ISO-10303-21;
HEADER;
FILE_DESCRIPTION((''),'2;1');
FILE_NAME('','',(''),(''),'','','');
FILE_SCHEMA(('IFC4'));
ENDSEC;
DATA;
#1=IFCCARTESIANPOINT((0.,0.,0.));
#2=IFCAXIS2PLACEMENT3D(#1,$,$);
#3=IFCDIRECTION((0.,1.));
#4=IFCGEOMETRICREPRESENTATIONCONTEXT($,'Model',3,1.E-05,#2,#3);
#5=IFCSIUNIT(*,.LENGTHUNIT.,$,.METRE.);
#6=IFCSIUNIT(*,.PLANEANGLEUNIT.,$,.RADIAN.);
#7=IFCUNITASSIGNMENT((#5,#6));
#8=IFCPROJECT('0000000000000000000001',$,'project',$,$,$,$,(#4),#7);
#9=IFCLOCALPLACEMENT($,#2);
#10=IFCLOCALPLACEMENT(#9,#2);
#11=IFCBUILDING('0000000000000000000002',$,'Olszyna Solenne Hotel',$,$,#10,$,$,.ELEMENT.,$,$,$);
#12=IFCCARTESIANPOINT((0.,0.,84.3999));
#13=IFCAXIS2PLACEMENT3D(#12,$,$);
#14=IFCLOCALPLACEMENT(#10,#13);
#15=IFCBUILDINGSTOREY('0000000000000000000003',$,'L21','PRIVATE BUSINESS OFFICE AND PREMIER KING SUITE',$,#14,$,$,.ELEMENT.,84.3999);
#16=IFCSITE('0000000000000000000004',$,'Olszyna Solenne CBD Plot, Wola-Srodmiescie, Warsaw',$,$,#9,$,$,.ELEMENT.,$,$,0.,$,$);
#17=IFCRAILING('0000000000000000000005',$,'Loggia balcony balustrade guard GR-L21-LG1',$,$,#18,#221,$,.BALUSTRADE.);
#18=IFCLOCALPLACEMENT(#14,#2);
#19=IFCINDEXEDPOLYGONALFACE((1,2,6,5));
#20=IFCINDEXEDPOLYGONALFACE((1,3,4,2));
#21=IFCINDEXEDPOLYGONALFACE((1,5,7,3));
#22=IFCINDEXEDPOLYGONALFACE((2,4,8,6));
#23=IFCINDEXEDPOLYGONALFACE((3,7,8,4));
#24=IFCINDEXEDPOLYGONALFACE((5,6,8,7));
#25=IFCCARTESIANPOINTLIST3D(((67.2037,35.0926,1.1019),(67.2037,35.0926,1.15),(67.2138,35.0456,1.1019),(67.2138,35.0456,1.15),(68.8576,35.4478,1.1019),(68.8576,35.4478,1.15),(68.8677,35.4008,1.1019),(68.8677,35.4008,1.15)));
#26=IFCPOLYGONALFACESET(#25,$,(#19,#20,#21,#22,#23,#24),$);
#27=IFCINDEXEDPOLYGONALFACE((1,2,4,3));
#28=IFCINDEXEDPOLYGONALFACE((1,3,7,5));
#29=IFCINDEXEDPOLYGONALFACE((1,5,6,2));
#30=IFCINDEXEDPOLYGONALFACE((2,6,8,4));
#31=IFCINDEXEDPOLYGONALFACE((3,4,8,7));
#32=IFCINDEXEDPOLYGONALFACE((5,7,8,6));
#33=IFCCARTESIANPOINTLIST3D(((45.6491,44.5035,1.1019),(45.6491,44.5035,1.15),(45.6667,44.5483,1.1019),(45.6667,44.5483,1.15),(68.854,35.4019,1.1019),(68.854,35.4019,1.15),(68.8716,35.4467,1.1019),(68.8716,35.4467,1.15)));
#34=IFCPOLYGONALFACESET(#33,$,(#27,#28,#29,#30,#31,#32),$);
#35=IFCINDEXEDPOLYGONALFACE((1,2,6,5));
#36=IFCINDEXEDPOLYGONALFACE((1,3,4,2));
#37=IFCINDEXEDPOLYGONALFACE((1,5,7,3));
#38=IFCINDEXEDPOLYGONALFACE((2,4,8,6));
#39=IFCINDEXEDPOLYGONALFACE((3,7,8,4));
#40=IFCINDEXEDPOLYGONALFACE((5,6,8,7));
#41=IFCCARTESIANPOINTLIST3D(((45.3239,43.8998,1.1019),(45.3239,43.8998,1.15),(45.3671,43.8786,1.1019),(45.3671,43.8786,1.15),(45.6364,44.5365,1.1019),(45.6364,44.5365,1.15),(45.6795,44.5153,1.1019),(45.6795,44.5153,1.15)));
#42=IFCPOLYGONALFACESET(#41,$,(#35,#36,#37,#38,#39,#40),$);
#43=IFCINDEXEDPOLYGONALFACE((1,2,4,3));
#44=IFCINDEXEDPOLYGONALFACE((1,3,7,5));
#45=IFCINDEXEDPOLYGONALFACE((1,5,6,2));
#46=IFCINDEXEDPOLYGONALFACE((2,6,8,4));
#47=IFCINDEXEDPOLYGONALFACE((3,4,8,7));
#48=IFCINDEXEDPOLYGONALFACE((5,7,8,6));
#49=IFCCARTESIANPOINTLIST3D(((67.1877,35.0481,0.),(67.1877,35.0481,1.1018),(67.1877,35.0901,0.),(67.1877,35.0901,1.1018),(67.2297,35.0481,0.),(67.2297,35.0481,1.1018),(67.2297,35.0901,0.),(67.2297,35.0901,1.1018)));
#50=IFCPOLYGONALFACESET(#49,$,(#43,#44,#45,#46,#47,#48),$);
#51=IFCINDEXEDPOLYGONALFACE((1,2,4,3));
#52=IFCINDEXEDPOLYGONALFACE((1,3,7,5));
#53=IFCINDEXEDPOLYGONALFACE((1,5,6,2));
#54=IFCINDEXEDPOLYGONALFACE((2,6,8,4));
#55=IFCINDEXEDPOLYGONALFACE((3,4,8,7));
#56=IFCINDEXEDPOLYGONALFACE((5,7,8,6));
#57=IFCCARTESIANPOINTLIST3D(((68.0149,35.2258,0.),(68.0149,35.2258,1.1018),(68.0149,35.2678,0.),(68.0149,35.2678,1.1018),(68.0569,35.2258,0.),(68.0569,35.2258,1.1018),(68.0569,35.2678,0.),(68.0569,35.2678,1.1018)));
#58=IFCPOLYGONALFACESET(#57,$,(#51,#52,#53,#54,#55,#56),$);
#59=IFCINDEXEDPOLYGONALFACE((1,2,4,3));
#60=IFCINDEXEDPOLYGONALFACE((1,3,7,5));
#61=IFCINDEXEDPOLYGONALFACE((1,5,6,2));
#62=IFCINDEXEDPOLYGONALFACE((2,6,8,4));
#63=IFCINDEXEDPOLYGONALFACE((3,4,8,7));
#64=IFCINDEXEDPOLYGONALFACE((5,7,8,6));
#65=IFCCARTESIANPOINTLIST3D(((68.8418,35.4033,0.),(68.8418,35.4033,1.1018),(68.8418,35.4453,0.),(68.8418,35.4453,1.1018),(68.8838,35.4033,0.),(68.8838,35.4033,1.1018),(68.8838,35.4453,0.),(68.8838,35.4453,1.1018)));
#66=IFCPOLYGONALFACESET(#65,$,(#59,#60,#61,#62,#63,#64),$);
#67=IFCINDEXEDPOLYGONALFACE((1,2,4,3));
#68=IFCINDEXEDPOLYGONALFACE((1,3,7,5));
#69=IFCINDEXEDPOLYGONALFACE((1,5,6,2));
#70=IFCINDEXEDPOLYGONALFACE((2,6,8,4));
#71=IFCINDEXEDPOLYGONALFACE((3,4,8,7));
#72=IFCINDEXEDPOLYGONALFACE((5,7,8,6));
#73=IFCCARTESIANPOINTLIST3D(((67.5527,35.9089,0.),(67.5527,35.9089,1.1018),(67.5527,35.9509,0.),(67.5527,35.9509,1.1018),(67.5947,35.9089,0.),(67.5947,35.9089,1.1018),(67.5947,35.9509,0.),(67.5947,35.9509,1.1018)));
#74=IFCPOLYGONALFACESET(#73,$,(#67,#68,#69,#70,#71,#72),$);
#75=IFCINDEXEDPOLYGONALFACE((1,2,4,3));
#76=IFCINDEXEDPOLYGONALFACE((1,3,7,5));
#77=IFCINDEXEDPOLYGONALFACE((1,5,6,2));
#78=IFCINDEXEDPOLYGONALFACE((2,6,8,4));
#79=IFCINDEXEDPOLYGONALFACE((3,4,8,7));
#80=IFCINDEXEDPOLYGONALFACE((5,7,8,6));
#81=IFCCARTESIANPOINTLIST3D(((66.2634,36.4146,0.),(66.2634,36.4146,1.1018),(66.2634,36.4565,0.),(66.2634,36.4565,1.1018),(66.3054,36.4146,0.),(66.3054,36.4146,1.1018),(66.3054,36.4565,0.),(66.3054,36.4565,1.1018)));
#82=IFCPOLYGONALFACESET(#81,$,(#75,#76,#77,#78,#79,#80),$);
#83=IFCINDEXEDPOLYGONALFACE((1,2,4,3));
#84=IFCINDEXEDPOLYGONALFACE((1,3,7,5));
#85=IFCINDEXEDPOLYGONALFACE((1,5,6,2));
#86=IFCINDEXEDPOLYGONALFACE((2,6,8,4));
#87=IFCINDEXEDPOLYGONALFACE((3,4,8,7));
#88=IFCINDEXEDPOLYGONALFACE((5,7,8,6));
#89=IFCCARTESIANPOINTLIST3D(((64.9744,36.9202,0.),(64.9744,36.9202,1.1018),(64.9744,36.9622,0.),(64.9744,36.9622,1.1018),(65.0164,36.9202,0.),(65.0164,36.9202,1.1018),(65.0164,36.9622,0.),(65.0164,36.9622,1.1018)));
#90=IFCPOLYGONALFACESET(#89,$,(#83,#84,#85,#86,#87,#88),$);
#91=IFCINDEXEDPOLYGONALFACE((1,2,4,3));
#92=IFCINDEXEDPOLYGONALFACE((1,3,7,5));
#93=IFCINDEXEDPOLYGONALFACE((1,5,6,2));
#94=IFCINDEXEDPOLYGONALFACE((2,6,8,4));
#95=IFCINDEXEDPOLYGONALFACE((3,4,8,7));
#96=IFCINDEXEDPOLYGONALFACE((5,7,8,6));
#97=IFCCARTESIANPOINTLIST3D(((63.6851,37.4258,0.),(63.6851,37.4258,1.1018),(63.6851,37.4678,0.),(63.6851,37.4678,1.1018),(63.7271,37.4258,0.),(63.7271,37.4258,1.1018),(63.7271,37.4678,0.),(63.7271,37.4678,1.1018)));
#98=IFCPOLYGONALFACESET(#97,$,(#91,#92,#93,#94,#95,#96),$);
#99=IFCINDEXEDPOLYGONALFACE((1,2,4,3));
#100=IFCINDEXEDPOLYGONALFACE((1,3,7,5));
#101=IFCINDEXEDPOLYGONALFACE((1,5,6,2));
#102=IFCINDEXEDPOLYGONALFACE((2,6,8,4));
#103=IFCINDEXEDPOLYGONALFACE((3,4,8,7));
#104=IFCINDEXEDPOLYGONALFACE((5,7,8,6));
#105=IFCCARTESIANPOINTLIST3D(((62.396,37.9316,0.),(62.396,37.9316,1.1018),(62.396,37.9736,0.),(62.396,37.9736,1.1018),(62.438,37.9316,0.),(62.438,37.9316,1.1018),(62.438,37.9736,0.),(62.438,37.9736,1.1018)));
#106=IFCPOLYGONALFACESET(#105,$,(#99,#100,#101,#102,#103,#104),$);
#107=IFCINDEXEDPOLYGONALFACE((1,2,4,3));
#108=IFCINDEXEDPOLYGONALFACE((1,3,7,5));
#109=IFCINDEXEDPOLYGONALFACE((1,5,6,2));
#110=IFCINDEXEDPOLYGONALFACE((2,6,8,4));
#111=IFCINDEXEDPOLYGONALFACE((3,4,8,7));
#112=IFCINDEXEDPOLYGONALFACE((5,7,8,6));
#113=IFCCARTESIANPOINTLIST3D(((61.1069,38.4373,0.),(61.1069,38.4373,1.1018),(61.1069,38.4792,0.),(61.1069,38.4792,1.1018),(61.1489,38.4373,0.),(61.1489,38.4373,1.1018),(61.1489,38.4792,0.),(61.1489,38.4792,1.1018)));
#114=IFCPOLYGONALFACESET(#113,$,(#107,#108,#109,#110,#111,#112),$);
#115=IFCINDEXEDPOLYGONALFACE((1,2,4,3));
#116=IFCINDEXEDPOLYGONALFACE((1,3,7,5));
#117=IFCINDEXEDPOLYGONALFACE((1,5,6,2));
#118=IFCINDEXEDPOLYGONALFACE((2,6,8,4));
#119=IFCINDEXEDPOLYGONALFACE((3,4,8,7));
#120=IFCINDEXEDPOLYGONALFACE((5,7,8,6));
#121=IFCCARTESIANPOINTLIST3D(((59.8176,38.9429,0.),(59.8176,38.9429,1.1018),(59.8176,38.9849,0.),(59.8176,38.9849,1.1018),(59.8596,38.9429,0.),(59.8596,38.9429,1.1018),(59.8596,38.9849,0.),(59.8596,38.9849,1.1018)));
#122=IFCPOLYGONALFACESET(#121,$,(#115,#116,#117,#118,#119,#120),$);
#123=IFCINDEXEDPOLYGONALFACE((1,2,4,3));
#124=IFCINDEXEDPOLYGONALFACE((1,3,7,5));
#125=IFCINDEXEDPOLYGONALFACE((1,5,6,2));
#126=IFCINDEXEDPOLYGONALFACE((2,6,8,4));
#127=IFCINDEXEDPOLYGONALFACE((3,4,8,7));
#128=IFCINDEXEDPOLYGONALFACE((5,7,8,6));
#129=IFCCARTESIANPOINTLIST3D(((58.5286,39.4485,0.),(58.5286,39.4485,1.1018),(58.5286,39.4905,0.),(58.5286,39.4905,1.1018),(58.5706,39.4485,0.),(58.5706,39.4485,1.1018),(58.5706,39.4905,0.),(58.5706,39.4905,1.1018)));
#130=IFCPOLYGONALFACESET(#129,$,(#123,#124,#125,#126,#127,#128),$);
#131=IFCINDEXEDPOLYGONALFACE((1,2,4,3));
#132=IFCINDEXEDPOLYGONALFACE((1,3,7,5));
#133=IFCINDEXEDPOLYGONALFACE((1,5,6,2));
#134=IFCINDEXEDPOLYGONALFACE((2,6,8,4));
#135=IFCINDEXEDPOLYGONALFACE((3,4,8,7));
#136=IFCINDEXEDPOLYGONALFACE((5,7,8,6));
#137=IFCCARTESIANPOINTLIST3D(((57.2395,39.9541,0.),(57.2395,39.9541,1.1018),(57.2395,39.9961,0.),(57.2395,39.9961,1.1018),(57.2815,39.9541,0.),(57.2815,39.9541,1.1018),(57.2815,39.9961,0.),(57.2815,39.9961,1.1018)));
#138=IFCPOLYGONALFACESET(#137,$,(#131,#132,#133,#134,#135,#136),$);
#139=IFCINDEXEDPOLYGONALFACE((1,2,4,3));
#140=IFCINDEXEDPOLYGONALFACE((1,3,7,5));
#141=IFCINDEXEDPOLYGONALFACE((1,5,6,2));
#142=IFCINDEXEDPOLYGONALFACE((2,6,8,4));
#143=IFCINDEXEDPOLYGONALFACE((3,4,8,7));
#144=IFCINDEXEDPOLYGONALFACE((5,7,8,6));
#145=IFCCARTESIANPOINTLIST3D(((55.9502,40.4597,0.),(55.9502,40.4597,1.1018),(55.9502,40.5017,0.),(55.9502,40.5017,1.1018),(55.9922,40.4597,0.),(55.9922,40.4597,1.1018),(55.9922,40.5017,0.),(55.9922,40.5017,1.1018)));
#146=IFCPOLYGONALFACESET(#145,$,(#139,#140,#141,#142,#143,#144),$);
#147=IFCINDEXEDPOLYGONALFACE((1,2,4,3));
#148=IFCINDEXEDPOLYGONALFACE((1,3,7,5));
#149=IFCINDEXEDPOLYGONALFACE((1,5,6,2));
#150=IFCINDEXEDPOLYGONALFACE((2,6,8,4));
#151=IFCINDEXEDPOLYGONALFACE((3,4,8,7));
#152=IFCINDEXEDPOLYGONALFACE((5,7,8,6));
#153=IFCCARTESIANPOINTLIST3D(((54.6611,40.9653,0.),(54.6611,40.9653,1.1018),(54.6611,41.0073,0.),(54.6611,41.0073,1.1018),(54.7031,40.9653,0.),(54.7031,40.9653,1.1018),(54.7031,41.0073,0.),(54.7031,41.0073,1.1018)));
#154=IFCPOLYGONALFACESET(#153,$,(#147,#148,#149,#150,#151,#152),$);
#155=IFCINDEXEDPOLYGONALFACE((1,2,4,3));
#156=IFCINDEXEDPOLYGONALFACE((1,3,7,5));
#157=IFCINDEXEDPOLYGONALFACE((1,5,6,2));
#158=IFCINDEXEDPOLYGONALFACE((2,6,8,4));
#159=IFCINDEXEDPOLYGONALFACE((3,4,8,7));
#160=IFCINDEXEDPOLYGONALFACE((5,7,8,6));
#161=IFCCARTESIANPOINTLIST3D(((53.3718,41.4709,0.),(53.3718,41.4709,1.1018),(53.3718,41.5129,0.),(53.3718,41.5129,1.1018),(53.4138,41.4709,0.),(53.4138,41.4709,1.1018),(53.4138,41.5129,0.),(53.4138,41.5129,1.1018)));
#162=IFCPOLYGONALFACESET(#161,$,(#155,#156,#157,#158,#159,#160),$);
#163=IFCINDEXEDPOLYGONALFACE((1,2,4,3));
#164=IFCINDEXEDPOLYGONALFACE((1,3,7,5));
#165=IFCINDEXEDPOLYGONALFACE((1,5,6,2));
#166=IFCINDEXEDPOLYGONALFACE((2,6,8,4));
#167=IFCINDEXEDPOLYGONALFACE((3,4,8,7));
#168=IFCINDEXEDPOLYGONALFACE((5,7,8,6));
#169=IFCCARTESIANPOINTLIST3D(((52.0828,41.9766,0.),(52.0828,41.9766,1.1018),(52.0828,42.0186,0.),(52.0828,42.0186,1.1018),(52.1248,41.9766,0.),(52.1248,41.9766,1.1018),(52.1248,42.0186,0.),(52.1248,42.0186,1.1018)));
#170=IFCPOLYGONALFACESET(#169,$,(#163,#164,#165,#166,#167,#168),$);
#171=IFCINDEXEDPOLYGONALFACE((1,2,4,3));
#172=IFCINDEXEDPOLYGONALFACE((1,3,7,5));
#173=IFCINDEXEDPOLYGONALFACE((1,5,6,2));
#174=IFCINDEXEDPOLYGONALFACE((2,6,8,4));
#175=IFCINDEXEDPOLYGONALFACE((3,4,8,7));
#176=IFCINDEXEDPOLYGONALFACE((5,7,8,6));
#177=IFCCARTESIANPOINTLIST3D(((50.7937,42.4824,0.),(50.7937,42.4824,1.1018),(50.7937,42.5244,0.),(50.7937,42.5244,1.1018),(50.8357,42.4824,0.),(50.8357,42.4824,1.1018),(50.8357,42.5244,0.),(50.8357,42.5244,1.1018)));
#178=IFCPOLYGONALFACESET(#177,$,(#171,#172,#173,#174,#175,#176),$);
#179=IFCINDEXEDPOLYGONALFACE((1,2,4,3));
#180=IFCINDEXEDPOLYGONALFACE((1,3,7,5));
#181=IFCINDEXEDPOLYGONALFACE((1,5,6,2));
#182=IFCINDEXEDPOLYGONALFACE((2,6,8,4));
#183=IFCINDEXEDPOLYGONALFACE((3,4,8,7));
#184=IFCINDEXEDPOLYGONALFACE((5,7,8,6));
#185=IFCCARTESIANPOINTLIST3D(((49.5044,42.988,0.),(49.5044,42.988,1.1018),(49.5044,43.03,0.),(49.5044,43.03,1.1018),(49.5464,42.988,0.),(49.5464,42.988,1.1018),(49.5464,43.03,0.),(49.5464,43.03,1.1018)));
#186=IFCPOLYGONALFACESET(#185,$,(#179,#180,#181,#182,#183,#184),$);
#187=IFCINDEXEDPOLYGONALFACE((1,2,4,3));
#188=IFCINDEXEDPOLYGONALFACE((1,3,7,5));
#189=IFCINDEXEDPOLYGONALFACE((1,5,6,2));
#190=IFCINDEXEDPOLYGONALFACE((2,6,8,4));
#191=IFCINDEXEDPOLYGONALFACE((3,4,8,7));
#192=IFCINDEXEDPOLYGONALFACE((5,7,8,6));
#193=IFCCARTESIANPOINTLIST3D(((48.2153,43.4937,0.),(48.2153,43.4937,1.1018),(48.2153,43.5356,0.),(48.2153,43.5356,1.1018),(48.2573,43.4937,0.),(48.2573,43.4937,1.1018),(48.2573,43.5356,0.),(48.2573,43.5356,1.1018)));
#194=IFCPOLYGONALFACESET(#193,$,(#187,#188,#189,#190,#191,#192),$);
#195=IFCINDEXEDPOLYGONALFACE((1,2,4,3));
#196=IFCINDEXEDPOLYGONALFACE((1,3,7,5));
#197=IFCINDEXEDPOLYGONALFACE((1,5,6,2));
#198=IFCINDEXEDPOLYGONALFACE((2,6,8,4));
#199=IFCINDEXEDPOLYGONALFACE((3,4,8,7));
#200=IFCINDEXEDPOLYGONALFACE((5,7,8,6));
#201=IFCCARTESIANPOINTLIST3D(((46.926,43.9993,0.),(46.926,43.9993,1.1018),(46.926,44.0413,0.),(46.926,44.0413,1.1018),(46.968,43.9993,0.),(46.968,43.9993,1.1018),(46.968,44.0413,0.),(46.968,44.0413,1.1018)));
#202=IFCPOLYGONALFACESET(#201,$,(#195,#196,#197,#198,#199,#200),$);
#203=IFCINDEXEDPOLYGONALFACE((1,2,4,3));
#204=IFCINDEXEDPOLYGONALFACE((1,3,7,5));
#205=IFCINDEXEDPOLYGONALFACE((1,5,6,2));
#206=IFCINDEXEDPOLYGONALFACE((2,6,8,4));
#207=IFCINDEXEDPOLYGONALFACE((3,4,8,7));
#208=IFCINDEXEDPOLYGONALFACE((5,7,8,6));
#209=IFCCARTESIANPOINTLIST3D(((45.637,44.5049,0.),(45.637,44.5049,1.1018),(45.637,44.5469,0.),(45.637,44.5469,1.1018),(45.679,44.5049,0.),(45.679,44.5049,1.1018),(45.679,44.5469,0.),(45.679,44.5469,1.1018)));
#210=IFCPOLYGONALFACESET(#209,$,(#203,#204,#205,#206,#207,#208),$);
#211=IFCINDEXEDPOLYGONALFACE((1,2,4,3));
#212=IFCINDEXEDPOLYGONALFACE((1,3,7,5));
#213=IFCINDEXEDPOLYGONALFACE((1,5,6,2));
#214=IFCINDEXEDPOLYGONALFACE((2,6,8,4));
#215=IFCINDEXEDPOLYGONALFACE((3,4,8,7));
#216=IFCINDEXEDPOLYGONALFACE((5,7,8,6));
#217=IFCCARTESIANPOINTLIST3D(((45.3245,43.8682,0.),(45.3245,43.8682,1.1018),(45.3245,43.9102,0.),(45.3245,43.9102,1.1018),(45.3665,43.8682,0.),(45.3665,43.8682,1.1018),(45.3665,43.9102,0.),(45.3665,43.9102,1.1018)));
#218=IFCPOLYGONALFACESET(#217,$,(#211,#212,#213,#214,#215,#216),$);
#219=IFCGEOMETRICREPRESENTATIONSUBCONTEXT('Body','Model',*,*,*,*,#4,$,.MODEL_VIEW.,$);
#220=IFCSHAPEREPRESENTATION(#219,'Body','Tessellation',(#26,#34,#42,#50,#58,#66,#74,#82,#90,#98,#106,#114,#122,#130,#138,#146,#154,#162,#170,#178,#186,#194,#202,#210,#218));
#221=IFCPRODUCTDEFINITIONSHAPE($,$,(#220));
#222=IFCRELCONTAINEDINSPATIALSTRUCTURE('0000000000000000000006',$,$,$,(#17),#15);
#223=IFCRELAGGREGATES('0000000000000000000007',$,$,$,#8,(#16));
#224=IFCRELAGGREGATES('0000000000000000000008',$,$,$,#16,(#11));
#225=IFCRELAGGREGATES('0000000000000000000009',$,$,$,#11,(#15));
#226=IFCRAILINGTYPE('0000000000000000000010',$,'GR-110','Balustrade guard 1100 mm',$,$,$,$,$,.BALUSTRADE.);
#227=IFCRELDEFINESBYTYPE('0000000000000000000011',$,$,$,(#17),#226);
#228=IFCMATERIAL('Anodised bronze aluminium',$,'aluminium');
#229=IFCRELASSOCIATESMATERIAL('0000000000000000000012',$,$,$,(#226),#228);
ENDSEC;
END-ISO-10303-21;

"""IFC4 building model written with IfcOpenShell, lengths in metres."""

from ifc_helpers import new_model, si_unit, direction, frame, origin, origin_2d, place, context, subcontext, project, spatial, rectangle, extrude, material, type_object, element, save


model = new_model("IFC4")

# Units and contexts
model_context = context("Model", 3, precision=1e-05, world=origin(), true_north=direction((0.0, 1.0)))
body_context = subcontext(model_context, "Body", "Model", "MODEL_VIEW")
ifc_project = project(units=[si_unit("LENGTHUNIT", "METRE"), si_unit("PLANEANGLEUNIT", "RADIAN")], contexts=[model_context])

# Site, building, storey
site_placement = place(None, origin())
site = spatial("IfcSite", under=ifc_project, at=site_placement, Name="Olszyna Solenne CBD Plot, Wola-Srodmiescie, Warsaw", CompositionType="ELEMENT", RefElevation=0.0)
building_placement = place(site_placement, origin())
building = spatial("IfcBuilding", under=site, at=building_placement, Name="Olszyna Solenne Hotel", CompositionType="ELEMENT")
storey_placement = place(building_placement, frame((0.0, 0.0, 84.3999)))
storey = spatial("IfcBuildingStorey", under=building, at=storey_placement, Name="L21", Description="PRIVATE BUSINESS OFFICE AND PREMIER KING SUITE", CompositionType="ELEMENT", Elevation=84.3999)

# Shared definitions
ifc_material_1 = material(Name="Anodised bronze aluminium", Category="aluminium")

# Railing
railing_type = type_object("IfcRailingType", Name="GR-110", Description="Balustrade guard 1100 mm", PredefinedType="BALUSTRADE", material=ifc_material_1)
railing_placement = place(storey_placement, frame((67.2087, 35.0691, 0.0)))
element("IfcRailing", 1, at=railing_placement, inside=storey, type_object=railing_type, Name="Loggia balcony balustrade guard GR-L21-LG1", PredefinedType="BALUSTRADE", context=body_context, shape_type="SweptSolid", body=[
    extrude(rectangle(XDim=0.0481, YDim=0.0481, at=origin_2d()), frame((0.0, 0.0, 1.126), z_axis=(0.977707, 0.209973, 0.0), x_axis=(-0.209973, 0.977707, 0.0)), (0.0, 0.0, 1.0), 1.6917),
    extrude(rectangle(XDim=0.0481, YDim=0.0481, at=origin_2d()), frame((1.6541, 0.3552, 1.126), z_axis=(-0.930951, 0.365144, 0.0), x_axis=(-0.365144, -0.930951, 0.0)), (0.0, 0.0, 1.0), 24.926),
    extrude(rectangle(XDim=0.0481, YDim=0.0481, at=origin_2d()), frame((-21.5508, 9.4568, 1.126), z_axis=(-0.440592, -0.897707, 0.0), x_axis=(0.897707, -0.440592, 0.0)), (0.0, 0.0, 1.0), 0.7092),
    extrude(rectangle(XDim=0.042, YDim=0.042, at=origin_2d()), origin(), (0.0, 0.0, 1.0), 1.1018),
    extrude(rectangle(XDim=0.042, YDim=0.042, at=origin_2d()), frame((0.8271, 0.1777, 0.0)), (0.0, 0.0, 1.0), 1.1018),
    extrude(rectangle(XDim=0.042, YDim=0.042, at=origin_2d()), frame((1.6541, 0.3552, 0.0)), (0.0, 0.0, 1.0), 1.1018),
    extrude(rectangle(XDim=0.042, YDim=0.042, at=origin_2d()), frame((0.365, 0.8608, 0.0)), (0.0, 0.0, 1.0), 1.1018),
    extrude(rectangle(XDim=0.042, YDim=0.042, at=origin_2d()), frame((-0.9243, 1.3665, 0.0)), (0.0, 0.0, 1.0), 1.1018),
    extrude(rectangle(XDim=0.042, YDim=0.042, at=origin_2d()), frame((-2.2134, 1.8721, 0.0)), (0.0, 0.0, 1.0), 1.1018),
    extrude(rectangle(XDim=0.042, YDim=0.042, at=origin_2d()), frame((-3.5027, 2.3777, 0.0)), (0.0, 0.0, 1.0), 1.1018),
    extrude(rectangle(XDim=0.042, YDim=0.042, at=origin_2d()), frame((-4.7917, 2.8835, 0.0)), (0.0, 0.0, 1.0), 1.1018),
    extrude(rectangle(XDim=0.042, YDim=0.042, at=origin_2d()), frame((-6.0808, 3.3892, 0.0)), (0.0, 0.0, 1.0), 1.1018),
    extrude(rectangle(XDim=0.042, YDim=0.042, at=origin_2d()), frame((-7.3701, 3.8948, 0.0)), (0.0, 0.0, 1.0), 1.1018),
    extrude(rectangle(XDim=0.042, YDim=0.042, at=origin_2d()), frame((-8.6592, 4.4004, 0.0)), (0.0, 0.0, 1.0), 1.1018),
    extrude(rectangle(XDim=0.042, YDim=0.042, at=origin_2d()), frame((-9.9482, 4.906, 0.0)), (0.0, 0.0, 1.0), 1.1018),
    extrude(rectangle(XDim=0.042, YDim=0.042, at=origin_2d()), frame((-11.2375, 5.4116, 0.0)), (0.0, 0.0, 1.0), 1.1018),
    extrude(rectangle(XDim=0.042, YDim=0.042, at=origin_2d()), frame((-12.5266, 5.9172, 0.0)), (0.0, 0.0, 1.0), 1.1018),
    extrude(rectangle(XDim=0.042, YDim=0.042, at=origin_2d()), frame((-13.8159, 6.4229, 0.0)), (0.0, 0.0, 1.0), 1.1018),
    extrude(rectangle(XDim=0.042, YDim=0.042, at=origin_2d()), frame((-15.105, 6.9285, 0.0)), (0.0, 0.0, 1.0), 1.1018),
    extrude(rectangle(XDim=0.042, YDim=0.042, at=origin_2d()), frame((-16.394, 7.4343, 0.0)), (0.0, 0.0, 1.0), 1.1018),
    extrude(rectangle(XDim=0.042, YDim=0.042, at=origin_2d()), frame((-17.6833, 7.9399, 0.0)), (0.0, 0.0, 1.0), 1.1018),
    extrude(rectangle(XDim=0.042, YDim=0.042, at=origin_2d()), frame((-18.9724, 8.4456, 0.0)), (0.0, 0.0, 1.0), 1.1018),
    extrude(rectangle(XDim=0.042, YDim=0.042, at=origin_2d()), frame((-20.2617, 8.9512, 0.0)), (0.0, 0.0, 1.0), 1.1018),
    extrude(rectangle(XDim=0.042, YDim=0.042, at=origin_2d()), frame((-21.5508, 9.4568, 0.0)), (0.0, 0.0, 1.0), 1.1018),
    extrude(rectangle(XDim=0.042, YDim=0.042, at=origin_2d()), frame((-21.8633, 8.8201, 0.0)), (0.0, 0.0, 1.0), 1.1018),
])

save(model, "model.ifc")
